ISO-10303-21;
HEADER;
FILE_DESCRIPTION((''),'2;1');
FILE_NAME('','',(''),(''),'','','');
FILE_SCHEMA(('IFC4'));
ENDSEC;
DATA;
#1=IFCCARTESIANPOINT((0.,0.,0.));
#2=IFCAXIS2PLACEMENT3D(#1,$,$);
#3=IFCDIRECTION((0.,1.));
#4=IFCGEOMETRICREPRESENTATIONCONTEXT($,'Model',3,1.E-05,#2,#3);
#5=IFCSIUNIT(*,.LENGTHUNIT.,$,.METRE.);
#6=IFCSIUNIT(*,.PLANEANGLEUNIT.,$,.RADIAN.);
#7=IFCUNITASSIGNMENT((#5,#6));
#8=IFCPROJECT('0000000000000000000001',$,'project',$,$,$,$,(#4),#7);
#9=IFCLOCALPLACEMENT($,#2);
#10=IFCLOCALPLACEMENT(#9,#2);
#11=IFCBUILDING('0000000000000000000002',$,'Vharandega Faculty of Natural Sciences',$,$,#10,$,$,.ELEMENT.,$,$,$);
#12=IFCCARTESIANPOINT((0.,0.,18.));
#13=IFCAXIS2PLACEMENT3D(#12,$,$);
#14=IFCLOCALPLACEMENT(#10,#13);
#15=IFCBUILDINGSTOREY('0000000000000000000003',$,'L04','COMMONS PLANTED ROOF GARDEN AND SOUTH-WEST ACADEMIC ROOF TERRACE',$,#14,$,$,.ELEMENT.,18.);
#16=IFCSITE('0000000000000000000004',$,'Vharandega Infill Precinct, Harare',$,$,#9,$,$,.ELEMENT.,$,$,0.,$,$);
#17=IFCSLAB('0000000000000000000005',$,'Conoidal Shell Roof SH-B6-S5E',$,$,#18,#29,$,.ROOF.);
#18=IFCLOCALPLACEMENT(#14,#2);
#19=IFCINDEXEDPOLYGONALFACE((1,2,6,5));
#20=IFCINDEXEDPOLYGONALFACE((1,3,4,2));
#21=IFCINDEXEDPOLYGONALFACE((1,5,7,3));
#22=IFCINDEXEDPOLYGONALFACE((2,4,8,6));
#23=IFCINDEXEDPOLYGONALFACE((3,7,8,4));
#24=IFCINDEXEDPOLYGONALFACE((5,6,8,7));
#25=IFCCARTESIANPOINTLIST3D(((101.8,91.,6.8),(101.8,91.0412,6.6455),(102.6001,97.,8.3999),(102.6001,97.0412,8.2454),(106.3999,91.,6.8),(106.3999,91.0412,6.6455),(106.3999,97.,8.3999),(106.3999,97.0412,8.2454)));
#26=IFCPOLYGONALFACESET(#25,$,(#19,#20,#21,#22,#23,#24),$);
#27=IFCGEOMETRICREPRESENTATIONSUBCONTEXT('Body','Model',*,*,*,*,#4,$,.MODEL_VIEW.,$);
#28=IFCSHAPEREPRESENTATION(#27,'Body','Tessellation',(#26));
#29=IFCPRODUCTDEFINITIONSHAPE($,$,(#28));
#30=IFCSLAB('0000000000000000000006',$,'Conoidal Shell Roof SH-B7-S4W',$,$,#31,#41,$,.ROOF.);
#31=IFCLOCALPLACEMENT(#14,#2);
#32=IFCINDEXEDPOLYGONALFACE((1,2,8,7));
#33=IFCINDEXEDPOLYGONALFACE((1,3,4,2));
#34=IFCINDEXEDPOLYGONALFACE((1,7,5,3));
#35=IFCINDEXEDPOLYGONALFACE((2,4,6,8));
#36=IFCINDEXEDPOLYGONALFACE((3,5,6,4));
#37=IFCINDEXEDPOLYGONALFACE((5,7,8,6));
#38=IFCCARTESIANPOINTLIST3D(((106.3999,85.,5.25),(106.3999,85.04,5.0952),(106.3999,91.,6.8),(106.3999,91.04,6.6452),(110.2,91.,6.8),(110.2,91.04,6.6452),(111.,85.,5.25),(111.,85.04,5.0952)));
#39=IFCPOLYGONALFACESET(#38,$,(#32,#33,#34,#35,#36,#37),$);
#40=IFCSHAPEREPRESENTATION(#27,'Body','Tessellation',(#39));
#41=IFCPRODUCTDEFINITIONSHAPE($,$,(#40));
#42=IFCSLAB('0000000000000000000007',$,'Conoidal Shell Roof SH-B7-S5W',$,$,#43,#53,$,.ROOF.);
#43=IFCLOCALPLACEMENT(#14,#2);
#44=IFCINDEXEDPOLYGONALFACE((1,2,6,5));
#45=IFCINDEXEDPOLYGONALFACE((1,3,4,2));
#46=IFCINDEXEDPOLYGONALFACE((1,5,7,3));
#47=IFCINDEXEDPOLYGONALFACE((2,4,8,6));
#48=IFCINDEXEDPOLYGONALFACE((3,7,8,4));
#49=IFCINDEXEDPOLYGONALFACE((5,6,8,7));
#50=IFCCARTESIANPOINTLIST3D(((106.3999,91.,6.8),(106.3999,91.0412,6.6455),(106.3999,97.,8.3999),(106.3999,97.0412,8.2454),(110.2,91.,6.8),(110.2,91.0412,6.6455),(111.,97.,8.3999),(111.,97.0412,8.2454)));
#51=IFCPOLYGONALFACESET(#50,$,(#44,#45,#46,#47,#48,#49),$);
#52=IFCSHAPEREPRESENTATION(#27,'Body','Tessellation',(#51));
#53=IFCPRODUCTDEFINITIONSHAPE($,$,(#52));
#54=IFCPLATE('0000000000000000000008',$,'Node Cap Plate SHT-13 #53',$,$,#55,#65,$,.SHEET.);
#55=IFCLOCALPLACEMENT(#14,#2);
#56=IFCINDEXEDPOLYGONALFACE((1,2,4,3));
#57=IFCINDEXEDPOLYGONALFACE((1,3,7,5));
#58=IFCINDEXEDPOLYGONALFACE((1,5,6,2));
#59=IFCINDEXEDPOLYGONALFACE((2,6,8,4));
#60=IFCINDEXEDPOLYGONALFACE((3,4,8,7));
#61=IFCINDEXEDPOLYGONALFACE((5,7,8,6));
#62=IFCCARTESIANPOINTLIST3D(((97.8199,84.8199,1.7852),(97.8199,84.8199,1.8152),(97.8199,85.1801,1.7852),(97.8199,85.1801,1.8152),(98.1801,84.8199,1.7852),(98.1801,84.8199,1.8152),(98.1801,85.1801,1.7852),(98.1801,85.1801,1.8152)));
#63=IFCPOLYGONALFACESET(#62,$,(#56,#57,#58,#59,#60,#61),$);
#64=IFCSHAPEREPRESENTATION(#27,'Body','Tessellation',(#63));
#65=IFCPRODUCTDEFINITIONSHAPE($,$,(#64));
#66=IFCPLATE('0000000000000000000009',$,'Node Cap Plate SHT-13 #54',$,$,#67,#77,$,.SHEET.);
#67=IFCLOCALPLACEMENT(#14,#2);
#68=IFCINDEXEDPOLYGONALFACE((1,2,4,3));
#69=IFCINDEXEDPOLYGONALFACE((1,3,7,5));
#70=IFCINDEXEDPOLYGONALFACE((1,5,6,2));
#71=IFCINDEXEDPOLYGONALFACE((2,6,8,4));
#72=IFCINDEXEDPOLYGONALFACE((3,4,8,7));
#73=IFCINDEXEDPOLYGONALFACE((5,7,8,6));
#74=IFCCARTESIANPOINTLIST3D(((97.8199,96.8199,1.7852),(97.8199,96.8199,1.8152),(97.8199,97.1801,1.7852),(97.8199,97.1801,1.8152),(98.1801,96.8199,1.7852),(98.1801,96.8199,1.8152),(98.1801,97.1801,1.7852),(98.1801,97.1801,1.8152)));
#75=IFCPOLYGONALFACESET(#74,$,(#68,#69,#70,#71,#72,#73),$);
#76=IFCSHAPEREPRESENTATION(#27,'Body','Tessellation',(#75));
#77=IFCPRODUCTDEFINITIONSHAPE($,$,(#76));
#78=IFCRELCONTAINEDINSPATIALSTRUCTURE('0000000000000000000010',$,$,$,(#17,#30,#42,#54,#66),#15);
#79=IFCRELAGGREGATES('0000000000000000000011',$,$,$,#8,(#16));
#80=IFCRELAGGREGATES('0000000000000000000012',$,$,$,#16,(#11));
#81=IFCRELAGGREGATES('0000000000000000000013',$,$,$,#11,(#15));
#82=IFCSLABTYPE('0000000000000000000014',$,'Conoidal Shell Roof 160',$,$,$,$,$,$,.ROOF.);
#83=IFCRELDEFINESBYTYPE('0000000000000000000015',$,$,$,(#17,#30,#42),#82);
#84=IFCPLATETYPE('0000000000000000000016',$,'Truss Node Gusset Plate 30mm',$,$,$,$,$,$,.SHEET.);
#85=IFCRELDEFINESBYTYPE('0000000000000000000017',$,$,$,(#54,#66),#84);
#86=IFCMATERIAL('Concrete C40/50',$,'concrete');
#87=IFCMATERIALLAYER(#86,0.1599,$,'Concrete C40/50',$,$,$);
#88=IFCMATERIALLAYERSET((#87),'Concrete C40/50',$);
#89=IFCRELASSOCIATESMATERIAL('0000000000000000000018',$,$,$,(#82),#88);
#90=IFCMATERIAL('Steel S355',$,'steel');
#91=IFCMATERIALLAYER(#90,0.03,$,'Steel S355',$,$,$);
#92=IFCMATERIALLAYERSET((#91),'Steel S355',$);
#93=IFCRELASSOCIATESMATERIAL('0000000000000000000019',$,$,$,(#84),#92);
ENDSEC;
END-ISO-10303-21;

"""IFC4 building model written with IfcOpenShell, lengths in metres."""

from ifc_helpers import new_model, si_unit, direction, frame, origin, origin_2d, place, context, subcontext, project, spatial, polyline, rectangle, outline, extrude, material, layer, layer_set, type_object, element, save


model = new_model("IFC4")

# Units and contexts
model_context = context("Model", 3, precision=1e-05, world=origin(), true_north=direction((0.0, 1.0)))
body_context = subcontext(model_context, "Body", "Model", "MODEL_VIEW")
ifc_project = project(units=[si_unit("LENGTHUNIT", "METRE"), si_unit("PLANEANGLEUNIT", "RADIAN")], contexts=[model_context])

# Site, building, storey
site_placement = place(None, origin())
site = spatial("IfcSite", under=ifc_project, at=site_placement, Name="Vharandega Infill Precinct, Harare", CompositionType="ELEMENT", RefElevation=0.0)
building_placement = place(site_placement, origin())
building = spatial("IfcBuilding", under=site, at=building_placement, Name="Vharandega Faculty of Natural Sciences", CompositionType="ELEMENT")
storey_placement = place(building_placement, frame((0.0, 0.0, 18.0)))
storey = spatial("IfcBuildingStorey", under=building, at=storey_placement, Name="L04", Description="COMMONS PLANTED ROOF GARDEN AND SOUTH-WEST ACADEMIC ROOF TERRACE", CompositionType="ELEMENT", Elevation=18.0)

# Slabs
ifc_material_1 = material(Name="Concrete C40/50", Category="concrete")
ifc_layer_1 = layer(ifc_material_1, 0.1599, Name="Concrete C40/50")
ifc_layer_set_1 = layer_set([ifc_layer_1], Name="Concrete C40/50")
slab_type = type_object("IfcSlabType", Name="Conoidal Shell Roof 160", PredefinedType="ROOF", material=ifc_layer_set_1)
slab_1_placement = place(storey_placement, frame((101.8, 91.0, 6.8), z_axis=(0.0, -0.257641, 0.966241), x_axis=(1.0, 0.0, 0.0)))
element("IfcSlab", 1, at=slab_1_placement, inside=storey, type_object=slab_type, Name="Conoidal Shell Roof SH-B6-S5E", PredefinedType="ROOF", context=body_context, shape_type="SweptSolid", body=[
    extrude(outline(polyline([(0.0, 0.0), (4.5999, 0.0), (4.5999, 6.2096), (0.8, 6.2096), (0.0, 0.0)])), origin(), (0.0, 0.0, -1.0), 0.1599),
])
slab_2_placement = place(storey_placement, frame((106.3999, 85.0, 5.25), z_axis=(0.0, -0.250129, 0.968212), x_axis=(1.0, 0.0, 0.0)))
element("IfcSlab", 2, at=slab_2_placement, inside=storey, type_object=slab_type, Name="Conoidal Shell Roof SH-B7-S4W", PredefinedType="ROOF", context=body_context, shape_type="SweptSolid", body=[
    extrude(outline(polyline([(0.0, 0.0), (4.6001, 0.0), (3.8, 6.197), (0.0, 6.197), (0.0, 0.0)])), origin(), (0.0, 0.0, -1.0), 0.1599),
])
slab_3_placement = place(storey_placement, frame((106.3999, 91.0, 6.8), z_axis=(0.0, -0.257641, 0.966241), x_axis=(1.0, 0.0, 0.0)))
element("IfcSlab", 3, at=slab_3_placement, inside=storey, type_object=slab_type, Name="Conoidal Shell Roof SH-B7-S5W", PredefinedType="ROOF", context=body_context, shape_type="SweptSolid", body=[
    extrude(outline(polyline([(0.0, 0.0), (3.8, 0.0), (4.6001, 6.2096), (0.0, 6.2096), (0.0, 0.0)])), origin(), (0.0, 0.0, -1.0), 0.1599),
])

# Plates
ifc_material_2 = material(Name="Steel S355", Category="steel")
ifc_layer_2 = layer(ifc_material_2, 0.03, Name="Steel S355")
ifc_layer_set_2 = layer_set([ifc_layer_2], Name="Steel S355")
plate_type = type_object("IfcPlateType", Name="Truss Node Gusset Plate 30mm", PredefinedType="SHEET", material=ifc_layer_set_2)
for number, where, z_axis, x_axis, name in (
    (4, (98.0, 85.0, 1.7852), (0.0, 0.0, 1.0), (1.0, 0.0, 0.0), "Node Cap Plate SHT-13 #53"),
    (5, (98.0, 97.0, 1.7852), (0.0, 0.0, 1.0), (1.0, 0.0, 0.0), "Node Cap Plate SHT-13 #54"),
):
    element("IfcPlate", number, at=place(storey_placement, frame(where, z_axis=z_axis, x_axis=x_axis)), inside=storey, type_object=plate_type, Name=name, PredefinedType="SHEET", context=body_context, shape_type="SweptSolid", body=[
        extrude(rectangle(XDim=0.3601, YDim=0.3601, at=origin_2d()), origin(), (0.0, 0.0, 1.0), 0.03),
    ])

save(model, "model.ifc")
